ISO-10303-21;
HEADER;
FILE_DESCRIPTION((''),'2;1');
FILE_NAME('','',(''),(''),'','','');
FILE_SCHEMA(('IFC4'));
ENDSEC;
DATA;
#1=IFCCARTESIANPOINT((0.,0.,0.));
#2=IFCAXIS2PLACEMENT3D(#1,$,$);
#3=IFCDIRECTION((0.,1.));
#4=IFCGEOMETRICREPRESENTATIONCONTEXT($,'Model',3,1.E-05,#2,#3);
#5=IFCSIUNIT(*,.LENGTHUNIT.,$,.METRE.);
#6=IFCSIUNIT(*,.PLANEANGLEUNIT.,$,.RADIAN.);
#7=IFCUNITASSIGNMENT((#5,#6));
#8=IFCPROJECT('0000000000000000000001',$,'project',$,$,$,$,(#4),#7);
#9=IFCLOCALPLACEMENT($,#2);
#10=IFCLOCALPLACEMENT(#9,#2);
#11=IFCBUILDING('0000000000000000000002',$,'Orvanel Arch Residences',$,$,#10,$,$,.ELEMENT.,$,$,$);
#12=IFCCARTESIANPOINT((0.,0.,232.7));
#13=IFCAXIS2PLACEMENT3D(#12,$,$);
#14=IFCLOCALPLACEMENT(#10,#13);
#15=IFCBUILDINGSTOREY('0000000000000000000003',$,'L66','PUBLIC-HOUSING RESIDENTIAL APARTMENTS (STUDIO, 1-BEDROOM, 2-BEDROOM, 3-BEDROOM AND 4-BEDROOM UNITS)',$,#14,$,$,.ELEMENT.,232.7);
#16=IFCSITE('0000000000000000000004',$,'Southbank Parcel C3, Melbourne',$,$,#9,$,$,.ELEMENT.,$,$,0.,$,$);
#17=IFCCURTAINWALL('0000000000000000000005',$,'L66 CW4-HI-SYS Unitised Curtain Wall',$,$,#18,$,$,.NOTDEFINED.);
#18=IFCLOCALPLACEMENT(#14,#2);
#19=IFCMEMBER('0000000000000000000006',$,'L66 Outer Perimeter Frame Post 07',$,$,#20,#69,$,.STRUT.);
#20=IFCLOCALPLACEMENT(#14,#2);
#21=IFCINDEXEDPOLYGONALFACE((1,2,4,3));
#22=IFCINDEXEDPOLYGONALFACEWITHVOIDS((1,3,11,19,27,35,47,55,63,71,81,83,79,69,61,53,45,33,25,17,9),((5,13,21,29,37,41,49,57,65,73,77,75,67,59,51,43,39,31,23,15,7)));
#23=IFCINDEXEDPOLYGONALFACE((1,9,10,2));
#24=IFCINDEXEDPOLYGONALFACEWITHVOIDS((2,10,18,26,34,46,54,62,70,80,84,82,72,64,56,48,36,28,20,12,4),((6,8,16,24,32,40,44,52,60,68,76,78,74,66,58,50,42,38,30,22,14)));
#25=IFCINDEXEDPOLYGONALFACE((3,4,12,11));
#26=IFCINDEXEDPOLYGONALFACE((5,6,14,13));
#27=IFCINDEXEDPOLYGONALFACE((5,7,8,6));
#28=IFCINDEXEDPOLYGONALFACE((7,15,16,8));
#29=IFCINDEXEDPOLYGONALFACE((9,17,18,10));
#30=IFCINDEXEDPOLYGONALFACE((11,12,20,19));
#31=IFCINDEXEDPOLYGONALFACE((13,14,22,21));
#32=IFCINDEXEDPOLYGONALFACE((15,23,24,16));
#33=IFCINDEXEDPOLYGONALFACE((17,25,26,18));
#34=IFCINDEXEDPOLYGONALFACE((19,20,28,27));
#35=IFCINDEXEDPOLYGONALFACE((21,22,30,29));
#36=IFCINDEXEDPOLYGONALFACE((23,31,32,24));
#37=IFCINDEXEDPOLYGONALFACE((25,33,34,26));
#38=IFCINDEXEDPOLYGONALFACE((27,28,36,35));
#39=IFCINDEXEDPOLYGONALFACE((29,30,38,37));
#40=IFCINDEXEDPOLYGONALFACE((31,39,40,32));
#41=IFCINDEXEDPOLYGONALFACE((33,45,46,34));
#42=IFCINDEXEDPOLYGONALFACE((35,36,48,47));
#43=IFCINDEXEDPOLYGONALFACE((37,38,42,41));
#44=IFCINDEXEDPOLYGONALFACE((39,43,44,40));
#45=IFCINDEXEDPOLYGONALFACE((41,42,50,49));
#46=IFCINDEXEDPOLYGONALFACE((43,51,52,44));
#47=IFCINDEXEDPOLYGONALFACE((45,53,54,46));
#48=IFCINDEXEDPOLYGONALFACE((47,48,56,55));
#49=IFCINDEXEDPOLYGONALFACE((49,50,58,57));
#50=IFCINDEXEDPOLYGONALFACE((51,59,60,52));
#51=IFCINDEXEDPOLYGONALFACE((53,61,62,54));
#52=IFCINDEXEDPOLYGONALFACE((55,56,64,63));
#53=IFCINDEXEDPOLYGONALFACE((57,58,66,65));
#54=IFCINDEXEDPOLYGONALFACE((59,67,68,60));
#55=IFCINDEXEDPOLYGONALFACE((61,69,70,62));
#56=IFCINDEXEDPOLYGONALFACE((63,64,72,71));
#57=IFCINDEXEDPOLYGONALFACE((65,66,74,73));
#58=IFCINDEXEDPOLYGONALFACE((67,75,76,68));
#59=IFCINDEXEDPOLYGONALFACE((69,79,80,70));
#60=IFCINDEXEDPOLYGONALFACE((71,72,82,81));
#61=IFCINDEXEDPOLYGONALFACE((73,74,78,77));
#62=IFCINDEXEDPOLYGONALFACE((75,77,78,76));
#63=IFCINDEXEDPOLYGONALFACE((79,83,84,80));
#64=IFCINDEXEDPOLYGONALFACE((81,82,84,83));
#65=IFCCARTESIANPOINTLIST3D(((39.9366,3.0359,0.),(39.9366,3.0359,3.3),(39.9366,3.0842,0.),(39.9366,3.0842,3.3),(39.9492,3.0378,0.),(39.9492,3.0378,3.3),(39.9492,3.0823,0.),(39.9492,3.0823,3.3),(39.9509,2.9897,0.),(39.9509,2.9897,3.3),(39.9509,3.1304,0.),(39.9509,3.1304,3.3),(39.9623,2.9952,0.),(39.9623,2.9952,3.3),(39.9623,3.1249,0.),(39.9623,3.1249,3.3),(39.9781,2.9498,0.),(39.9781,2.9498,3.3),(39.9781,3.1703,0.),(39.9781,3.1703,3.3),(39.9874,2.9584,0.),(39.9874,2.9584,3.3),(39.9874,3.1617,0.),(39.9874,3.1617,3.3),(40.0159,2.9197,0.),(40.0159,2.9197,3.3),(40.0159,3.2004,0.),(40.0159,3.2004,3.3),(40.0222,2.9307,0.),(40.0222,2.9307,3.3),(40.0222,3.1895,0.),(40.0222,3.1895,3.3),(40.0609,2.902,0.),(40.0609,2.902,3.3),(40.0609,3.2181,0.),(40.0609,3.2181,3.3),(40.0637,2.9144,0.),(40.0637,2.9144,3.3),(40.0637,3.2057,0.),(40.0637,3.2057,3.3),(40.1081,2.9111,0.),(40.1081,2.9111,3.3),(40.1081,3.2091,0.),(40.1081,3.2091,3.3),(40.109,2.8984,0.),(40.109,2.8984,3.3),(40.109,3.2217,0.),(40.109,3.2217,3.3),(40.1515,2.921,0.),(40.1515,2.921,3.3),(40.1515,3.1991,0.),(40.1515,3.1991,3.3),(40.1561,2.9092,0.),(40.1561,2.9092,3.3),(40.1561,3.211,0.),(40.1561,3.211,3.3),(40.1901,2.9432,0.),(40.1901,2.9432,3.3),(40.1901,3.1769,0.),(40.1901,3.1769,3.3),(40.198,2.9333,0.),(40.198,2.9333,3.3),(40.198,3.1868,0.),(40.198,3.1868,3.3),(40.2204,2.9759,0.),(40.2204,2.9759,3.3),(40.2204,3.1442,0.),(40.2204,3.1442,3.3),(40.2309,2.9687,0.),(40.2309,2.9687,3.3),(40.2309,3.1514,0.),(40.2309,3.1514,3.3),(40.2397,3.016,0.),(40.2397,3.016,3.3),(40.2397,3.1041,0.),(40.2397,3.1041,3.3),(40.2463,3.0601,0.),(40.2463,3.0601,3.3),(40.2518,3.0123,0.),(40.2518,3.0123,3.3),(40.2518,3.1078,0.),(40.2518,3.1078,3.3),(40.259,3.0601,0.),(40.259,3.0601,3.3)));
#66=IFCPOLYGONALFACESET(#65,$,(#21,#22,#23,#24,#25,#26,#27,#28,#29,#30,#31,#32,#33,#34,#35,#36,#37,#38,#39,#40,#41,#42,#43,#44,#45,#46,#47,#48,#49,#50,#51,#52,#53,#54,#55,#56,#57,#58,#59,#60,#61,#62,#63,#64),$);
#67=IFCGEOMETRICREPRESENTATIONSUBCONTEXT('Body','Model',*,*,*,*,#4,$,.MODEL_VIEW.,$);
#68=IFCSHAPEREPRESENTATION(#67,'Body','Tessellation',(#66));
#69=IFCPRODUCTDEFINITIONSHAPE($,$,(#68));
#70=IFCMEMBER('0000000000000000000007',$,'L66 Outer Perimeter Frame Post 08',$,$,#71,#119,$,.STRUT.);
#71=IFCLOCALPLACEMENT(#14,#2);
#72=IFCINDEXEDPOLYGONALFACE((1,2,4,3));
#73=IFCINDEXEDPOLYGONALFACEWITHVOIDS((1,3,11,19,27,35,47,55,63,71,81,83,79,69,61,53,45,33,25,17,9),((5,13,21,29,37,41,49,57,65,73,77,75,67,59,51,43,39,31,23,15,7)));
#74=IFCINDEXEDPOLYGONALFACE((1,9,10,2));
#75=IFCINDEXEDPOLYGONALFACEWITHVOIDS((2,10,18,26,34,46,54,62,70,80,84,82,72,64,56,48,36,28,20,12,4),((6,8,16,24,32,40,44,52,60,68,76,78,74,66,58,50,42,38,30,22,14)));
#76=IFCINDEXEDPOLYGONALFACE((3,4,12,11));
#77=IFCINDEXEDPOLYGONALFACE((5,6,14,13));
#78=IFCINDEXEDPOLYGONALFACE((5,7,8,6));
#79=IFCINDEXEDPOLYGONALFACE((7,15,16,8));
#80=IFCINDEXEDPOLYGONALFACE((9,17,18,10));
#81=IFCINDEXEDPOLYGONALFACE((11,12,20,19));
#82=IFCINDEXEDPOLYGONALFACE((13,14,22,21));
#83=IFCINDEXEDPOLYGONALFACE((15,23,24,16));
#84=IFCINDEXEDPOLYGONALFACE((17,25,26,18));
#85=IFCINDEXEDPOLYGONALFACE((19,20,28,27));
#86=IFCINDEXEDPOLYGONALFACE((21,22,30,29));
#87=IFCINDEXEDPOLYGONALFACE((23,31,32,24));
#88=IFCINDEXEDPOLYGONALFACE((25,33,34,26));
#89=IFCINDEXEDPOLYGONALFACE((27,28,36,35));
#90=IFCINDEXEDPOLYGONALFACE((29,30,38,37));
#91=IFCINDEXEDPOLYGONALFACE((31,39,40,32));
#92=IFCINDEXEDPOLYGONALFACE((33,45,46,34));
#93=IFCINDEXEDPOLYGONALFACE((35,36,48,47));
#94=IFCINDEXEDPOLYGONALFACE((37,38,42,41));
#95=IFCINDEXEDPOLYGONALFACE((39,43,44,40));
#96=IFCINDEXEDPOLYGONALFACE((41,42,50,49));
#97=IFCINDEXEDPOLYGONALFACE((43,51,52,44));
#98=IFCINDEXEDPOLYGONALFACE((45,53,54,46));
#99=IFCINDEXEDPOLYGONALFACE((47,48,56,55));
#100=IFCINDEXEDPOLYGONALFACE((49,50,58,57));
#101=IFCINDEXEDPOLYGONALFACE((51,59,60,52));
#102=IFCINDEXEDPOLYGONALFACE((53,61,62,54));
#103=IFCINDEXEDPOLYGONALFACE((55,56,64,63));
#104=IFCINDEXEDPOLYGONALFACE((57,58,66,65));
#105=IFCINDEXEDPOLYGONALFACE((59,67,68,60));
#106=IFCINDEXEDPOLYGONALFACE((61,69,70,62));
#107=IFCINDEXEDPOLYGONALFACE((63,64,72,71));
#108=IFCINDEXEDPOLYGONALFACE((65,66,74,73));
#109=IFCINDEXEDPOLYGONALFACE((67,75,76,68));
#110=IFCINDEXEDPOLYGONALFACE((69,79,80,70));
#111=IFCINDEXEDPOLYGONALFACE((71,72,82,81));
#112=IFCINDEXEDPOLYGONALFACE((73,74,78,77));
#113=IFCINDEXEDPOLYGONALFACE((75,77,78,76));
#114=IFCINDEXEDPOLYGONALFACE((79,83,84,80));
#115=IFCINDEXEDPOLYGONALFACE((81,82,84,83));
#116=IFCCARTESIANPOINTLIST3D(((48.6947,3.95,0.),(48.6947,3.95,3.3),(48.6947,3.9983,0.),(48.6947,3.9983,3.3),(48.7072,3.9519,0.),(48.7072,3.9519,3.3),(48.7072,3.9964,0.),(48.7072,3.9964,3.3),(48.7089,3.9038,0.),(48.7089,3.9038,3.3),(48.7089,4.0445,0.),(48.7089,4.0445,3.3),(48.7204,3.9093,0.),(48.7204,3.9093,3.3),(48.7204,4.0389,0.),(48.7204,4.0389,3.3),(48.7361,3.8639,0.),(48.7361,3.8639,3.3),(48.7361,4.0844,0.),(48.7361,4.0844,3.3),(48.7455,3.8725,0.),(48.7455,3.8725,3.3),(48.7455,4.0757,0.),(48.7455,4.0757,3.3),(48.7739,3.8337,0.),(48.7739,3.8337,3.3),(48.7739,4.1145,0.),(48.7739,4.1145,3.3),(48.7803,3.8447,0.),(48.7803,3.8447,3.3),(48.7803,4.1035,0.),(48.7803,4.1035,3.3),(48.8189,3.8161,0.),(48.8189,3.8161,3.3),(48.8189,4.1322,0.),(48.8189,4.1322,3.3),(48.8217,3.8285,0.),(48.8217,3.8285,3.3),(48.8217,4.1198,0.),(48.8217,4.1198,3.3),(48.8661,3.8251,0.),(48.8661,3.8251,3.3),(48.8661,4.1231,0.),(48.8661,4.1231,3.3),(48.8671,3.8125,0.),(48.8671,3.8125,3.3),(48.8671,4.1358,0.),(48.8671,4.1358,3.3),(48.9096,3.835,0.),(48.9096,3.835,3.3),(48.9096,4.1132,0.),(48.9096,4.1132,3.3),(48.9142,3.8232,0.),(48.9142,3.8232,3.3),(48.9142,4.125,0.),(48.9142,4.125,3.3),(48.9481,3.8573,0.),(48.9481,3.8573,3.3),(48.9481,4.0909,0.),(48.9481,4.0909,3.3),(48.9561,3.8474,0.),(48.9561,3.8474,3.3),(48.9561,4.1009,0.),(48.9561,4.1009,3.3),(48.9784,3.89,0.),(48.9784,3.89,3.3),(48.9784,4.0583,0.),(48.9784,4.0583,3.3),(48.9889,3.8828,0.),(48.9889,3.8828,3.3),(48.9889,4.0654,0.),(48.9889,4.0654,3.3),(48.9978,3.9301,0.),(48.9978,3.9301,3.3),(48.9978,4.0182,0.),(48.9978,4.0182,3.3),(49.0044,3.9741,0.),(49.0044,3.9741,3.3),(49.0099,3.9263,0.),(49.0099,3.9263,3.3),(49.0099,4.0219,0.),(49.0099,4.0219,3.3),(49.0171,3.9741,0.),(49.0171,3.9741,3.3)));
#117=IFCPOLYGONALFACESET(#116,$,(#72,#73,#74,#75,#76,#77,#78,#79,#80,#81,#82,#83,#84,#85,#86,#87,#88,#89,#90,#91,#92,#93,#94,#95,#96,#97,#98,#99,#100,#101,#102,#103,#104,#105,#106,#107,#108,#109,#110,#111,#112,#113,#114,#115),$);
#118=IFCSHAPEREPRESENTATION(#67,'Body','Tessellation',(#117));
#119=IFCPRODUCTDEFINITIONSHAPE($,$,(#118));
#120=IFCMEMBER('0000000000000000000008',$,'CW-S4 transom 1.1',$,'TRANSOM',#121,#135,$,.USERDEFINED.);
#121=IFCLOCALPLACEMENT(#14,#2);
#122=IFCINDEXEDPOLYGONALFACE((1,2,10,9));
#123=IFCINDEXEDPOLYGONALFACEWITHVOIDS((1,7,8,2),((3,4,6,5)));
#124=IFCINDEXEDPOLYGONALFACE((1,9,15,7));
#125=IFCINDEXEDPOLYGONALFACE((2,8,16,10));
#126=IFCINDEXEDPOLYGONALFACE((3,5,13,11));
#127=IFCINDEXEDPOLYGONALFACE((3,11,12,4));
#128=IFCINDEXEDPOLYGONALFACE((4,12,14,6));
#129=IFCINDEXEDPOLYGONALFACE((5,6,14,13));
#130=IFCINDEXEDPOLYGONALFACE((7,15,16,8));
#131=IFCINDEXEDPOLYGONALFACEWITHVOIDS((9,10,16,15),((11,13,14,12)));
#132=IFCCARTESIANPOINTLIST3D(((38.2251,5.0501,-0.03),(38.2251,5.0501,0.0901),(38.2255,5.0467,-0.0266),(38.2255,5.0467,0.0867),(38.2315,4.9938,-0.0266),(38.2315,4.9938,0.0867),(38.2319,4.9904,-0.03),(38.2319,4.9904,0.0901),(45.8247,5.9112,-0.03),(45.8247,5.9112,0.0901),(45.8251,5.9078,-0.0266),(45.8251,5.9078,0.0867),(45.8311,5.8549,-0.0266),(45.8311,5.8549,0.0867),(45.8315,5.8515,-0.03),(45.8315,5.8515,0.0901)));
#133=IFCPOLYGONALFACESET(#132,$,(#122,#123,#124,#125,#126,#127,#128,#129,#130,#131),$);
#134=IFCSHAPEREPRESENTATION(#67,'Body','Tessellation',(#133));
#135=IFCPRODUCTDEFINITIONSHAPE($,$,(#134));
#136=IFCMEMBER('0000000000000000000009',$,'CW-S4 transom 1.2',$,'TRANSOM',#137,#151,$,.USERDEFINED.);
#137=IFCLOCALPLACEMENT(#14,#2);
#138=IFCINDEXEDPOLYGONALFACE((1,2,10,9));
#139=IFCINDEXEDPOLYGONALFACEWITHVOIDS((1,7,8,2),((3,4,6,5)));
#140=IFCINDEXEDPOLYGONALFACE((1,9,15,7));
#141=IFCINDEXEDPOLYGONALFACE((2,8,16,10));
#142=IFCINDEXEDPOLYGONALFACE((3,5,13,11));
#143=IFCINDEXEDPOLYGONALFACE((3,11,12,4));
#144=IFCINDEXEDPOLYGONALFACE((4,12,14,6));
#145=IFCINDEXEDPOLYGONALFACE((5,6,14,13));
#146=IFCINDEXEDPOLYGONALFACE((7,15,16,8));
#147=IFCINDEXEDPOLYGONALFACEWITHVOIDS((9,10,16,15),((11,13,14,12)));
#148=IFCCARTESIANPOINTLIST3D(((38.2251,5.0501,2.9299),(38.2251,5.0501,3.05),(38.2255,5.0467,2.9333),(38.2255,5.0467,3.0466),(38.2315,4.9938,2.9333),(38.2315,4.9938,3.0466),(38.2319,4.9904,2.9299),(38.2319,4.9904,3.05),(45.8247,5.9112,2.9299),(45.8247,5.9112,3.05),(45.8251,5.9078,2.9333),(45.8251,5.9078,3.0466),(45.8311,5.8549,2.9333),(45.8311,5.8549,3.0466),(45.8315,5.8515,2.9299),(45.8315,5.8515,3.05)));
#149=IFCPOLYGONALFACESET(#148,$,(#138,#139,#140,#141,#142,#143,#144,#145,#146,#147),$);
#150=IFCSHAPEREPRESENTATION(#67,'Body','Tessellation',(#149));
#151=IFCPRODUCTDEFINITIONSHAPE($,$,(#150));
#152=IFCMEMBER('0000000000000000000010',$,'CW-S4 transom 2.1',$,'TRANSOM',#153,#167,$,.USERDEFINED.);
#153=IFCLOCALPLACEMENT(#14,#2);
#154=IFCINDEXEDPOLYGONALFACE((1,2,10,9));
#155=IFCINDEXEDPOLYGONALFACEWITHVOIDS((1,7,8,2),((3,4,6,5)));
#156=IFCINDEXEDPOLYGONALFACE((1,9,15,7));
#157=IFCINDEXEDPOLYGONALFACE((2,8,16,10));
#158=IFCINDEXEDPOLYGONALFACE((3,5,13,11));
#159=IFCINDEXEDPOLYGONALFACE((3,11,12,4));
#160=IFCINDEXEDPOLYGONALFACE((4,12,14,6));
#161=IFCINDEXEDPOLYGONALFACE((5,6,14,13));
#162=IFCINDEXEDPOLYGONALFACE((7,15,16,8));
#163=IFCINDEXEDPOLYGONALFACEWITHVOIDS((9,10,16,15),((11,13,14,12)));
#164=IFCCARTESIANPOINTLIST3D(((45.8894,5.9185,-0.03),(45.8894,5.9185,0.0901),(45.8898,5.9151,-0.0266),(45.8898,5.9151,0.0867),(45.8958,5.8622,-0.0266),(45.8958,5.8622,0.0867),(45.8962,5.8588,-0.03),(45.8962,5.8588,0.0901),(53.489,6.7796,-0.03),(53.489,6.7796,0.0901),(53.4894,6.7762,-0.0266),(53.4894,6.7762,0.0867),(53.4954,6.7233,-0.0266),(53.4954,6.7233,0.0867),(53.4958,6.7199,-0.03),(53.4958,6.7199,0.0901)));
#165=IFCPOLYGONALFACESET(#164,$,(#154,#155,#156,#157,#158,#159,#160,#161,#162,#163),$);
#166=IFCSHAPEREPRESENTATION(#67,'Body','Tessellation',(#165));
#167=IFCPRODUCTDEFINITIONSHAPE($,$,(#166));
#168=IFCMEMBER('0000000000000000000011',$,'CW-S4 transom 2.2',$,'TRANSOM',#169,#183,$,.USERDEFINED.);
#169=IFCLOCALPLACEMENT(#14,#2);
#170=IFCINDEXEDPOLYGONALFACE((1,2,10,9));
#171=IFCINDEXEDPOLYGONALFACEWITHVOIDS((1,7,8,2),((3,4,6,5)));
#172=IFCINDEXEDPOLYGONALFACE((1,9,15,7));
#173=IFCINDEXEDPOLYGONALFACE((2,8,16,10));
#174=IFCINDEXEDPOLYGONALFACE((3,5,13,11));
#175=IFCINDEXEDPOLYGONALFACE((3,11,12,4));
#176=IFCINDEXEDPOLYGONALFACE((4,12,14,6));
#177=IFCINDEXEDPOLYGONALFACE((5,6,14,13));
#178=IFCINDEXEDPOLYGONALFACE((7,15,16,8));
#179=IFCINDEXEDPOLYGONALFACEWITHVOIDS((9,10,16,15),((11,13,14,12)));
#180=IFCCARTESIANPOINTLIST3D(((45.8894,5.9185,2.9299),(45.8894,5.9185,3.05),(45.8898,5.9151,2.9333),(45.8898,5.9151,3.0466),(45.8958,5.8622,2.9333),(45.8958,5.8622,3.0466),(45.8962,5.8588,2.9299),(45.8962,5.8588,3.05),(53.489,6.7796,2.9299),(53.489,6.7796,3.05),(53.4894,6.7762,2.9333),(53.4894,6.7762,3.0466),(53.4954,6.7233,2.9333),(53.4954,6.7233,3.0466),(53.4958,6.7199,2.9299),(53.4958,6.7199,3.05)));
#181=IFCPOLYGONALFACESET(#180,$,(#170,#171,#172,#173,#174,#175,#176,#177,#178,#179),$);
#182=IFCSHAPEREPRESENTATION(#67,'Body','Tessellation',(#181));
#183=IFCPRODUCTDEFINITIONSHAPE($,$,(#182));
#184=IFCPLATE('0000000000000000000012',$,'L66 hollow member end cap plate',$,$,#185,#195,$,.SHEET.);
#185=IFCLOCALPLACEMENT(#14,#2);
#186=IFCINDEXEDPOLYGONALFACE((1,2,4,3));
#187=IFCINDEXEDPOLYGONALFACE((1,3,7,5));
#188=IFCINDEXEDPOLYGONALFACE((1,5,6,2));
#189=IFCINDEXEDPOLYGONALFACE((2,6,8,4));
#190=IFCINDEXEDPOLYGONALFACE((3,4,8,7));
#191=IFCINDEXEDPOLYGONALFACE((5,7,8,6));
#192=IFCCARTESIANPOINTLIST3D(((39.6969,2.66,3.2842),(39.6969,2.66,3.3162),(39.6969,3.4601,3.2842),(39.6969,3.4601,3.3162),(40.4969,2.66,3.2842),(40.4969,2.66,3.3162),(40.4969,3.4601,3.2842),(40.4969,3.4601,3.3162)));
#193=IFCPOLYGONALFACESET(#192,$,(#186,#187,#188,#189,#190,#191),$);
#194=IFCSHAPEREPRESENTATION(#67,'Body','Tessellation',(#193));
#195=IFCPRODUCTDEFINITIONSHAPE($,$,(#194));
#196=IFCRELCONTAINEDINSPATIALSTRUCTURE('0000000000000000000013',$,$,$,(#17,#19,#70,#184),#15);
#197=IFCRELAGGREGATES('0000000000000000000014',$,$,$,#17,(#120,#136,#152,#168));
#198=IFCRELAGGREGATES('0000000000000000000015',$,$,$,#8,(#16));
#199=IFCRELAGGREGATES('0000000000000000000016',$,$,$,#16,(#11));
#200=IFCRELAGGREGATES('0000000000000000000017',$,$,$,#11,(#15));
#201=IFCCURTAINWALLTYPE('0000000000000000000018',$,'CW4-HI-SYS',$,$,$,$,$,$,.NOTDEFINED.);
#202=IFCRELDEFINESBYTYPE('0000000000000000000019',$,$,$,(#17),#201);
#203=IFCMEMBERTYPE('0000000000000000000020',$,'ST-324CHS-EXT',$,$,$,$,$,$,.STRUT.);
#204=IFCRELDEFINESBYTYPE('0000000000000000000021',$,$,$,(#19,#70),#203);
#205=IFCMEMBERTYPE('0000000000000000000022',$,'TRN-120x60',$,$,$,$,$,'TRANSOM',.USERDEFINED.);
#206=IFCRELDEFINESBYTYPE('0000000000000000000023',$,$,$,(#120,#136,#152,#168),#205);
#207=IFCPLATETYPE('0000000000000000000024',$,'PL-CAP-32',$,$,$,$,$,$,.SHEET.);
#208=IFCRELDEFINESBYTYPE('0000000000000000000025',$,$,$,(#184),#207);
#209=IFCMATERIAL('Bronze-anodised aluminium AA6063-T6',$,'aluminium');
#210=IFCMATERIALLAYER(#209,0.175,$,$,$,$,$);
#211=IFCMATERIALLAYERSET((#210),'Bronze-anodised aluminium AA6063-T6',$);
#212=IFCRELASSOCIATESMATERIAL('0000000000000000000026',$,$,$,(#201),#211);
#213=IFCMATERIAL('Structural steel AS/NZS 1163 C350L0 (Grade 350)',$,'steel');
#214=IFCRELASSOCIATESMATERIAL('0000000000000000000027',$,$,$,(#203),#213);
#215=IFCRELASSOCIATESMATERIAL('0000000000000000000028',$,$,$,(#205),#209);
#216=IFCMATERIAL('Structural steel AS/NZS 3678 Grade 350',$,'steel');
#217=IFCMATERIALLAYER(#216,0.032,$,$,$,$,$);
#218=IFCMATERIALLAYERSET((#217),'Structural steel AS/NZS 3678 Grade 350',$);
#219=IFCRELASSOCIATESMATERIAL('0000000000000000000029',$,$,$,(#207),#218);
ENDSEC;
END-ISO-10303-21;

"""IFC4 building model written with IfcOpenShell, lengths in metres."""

from ifc_helpers import new_model, si_unit, direction, frame, origin, origin_2d, place, context, subcontext, project, spatial, rectangle, hollow_rectangle, hollow_circle, extrude, material, layer, layer_set, material_profile, profile_set, type_object, element, aggregate, save


model = new_model("IFC4")

# Units and contexts
model_context = context("Model", 3, precision=1e-05, world=origin(), true_north=direction((0.0, 1.0)))
body_context = subcontext(model_context, "Body", "Model", "MODEL_VIEW")
ifc_project = project(units=[si_unit("LENGTHUNIT", "METRE"), si_unit("PLANEANGLEUNIT", "RADIAN")], contexts=[model_context])

# Site, building, storey
site_placement = place(None, origin())
site = spatial("IfcSite", under=ifc_project, at=site_placement, Name="Southbank Parcel C3, Melbourne", CompositionType="ELEMENT", RefElevation=0.0)
building_placement = place(site_placement, origin())
building = spatial("IfcBuilding", under=site, at=building_placement, Name="Orvanel Arch Residences", CompositionType="ELEMENT")
storey_placement = place(building_placement, frame((0.0, 0.0, 232.7)))
storey = spatial("IfcBuildingStorey", under=building, at=storey_placement, Name="L66", Description="PUBLIC-HOUSING RESIDENTIAL APARTMENTS (STUDIO, 1-BEDROOM, 2-BEDROOM, 3-BEDROOM AND 4-BEDROOM UNITS)", CompositionType="ELEMENT", Elevation=232.7)

# Shared definitions
ifc_material_1 = material(Name="Structural steel AS/NZS 1163 C350L0 (Grade 350)", Category="steel")

# Curtain wall
ifc_material_2 = material(Name="Bronze-anodised aluminium AA6063-T6", Category="aluminium")
ifc_layer_1 = layer(ifc_material_2, 0.175)
ifc_layer_set_1 = layer_set([ifc_layer_1], Name="Bronze-anodised aluminium AA6063-T6")
curtain_wall_type = type_object("IfcCurtainWallType", Name="CW4-HI-SYS", PredefinedType="NOTDEFINED", material=ifc_layer_set_1)
curtain_wall_placement = place(storey_placement, origin())
curtain_wall = element("IfcCurtainWall", 1, at=curtain_wall_placement, inside=storey, type_object=curtain_wall_type, Name="L66 CW4-HI-SYS Unitised Curtain Wall", PredefinedType="NOTDEFINED")

# Members
ifc_material_profile_1 = material_profile(ifc_material_1, hollow_circle(Radius=0.1621, WallThickness=0.0127, at=origin_2d()), Name="CHS324x12.7")
ifc_profile_set_1 = profile_set([ifc_material_profile_1], Name="Structural steel AS/NZS 1163 C350L0 (Grade 350)")
member_type_1 = type_object("IfcMemberType", Name="ST-324CHS-EXT", PredefinedType="STRUT", material=ifc_profile_set_1)
for number, where, z_axis, x_axis, name in (
    (2, (40.0969, 3.0601, 0.0), (0.0, 0.0, 1.0), (1.0, 0.0, 0.0), "L66 Outer Perimeter Frame Post 07"),
    (3, (48.855, 3.9741, 0.0), (0.0, 0.0, 1.0), (1.0, 0.0, 0.0), "L66 Outer Perimeter Frame Post 08"),
):
    element("IfcMember", number, at=place(storey_placement, frame(where, z_axis=z_axis, x_axis=x_axis)), inside=storey, type_object=member_type_1, Name=name, PredefinedType="STRUT", context=body_context, shape_type="SweptSolid", body=[
        extrude(hollow_circle(Radius=0.1621, WallThickness=0.0127, at=origin_2d()), origin(), (0.0, 0.0, 1.0), 3.3),
    ])

# Members
ifc_material_profile_2 = material_profile(ifc_material_2, hollow_rectangle(XDim=0.0601, YDim=0.1201, WallThickness=0.0034, at=origin_2d()), Name="ALU120x60x3.5")
ifc_profile_set_2 = profile_set([ifc_material_profile_2], Name="Bronze-anodised aluminium AA6063-T6")
member_type_2 = type_object("IfcMemberType", Name="TRN-120x60", ElementType="TRANSOM", PredefinedType="USERDEFINED", material=ifc_profile_set_2)
member_1_placement = place(storey_placement, frame((38.2285, 5.0203, 0.03), z_axis=(0.993642, 0.112586, 0.0), x_axis=(-0.112586, 0.993642, 0.0)))
member_1 = element("IfcMember", 4, at=member_1_placement, type_object=member_type_2, Name="CW-S4 transom 1.1", ObjectType="TRANSOM", PredefinedType="USERDEFINED", context=body_context, shape_type="SweptSolid", body=[
    extrude(hollow_rectangle(XDim=0.0601, YDim=0.1201, WallThickness=0.0034, at=origin_2d()), origin(), (0.0, 0.0, 1.0), 7.6482),
])
member_2_placement = place(storey_placement, frame((38.2285, 5.0203, 2.99), z_axis=(0.993642, 0.112586, 0.0), x_axis=(-0.112586, 0.993642, 0.0)))
member_2 = element("IfcMember", 5, at=member_2_placement, type_object=member_type_2, Name="CW-S4 transom 1.2", ObjectType="TRANSOM", PredefinedType="USERDEFINED", context=body_context, shape_type="SweptSolid", body=[
    extrude(hollow_rectangle(XDim=0.0601, YDim=0.1201, WallThickness=0.0034, at=origin_2d()), origin(), (0.0, 0.0, 1.0), 7.6482),
])
member_3_placement = place(storey_placement, frame((45.8928, 5.8887, 0.03), z_axis=(0.993642, 0.112586, 0.0), x_axis=(-0.112586, 0.993642, 0.0)))
member_3 = element("IfcMember", 6, at=member_3_placement, type_object=member_type_2, Name="CW-S4 transom 2.1", ObjectType="TRANSOM", PredefinedType="USERDEFINED", context=body_context, shape_type="SweptSolid", body=[
    extrude(hollow_rectangle(XDim=0.0601, YDim=0.1201, WallThickness=0.0034, at=origin_2d()), origin(), (0.0, 0.0, 1.0), 7.6482),
])
member_4_placement = place(storey_placement, frame((45.8928, 5.8887, 2.99), z_axis=(0.993642, 0.112586, 0.0), x_axis=(-0.112586, 0.993642, 0.0)))
member_4 = element("IfcMember", 7, at=member_4_placement, type_object=member_type_2, Name="CW-S4 transom 2.2", ObjectType="TRANSOM", PredefinedType="USERDEFINED", context=body_context, shape_type="SweptSolid", body=[
    extrude(hollow_rectangle(XDim=0.0601, YDim=0.1201, WallThickness=0.0034, at=origin_2d()), origin(), (0.0, 0.0, 1.0), 7.6482),
])

# Plate
ifc_material_3 = material(Name="Structural steel AS/NZS 3678 Grade 350", Category="steel")
ifc_layer_2 = layer(ifc_material_3, 0.032)
ifc_layer_set_2 = layer_set([ifc_layer_2], Name="Structural steel AS/NZS 3678 Grade 350")
plate_type_1 = type_object("IfcPlateType", Name="PL-CAP-32", PredefinedType="SHEET", material=ifc_layer_set_2)
for number, where, z_axis, x_axis, name in (
    (8, (40.0969, 3.0601, 3.2842), (0.0, 0.0, 1.0), (1.0, 0.0, 0.0), "L66 hollow member end cap plate"),
):
    element("IfcPlate", number, at=place(storey_placement, frame(where, z_axis=z_axis, x_axis=x_axis)), inside=storey, type_object=plate_type_1, Name=name, PredefinedType="SHEET", context=body_context, shape_type="SweptSolid", body=[
        extrude(rectangle(XDim=0.8, YDim=0.8, at=origin_2d()), origin(), (0.0, 0.0, 1.0), 0.032),
    ])

aggregate(curtain_wall, [member_1, member_2, member_3, member_4])

save(model, "model.ifc")
